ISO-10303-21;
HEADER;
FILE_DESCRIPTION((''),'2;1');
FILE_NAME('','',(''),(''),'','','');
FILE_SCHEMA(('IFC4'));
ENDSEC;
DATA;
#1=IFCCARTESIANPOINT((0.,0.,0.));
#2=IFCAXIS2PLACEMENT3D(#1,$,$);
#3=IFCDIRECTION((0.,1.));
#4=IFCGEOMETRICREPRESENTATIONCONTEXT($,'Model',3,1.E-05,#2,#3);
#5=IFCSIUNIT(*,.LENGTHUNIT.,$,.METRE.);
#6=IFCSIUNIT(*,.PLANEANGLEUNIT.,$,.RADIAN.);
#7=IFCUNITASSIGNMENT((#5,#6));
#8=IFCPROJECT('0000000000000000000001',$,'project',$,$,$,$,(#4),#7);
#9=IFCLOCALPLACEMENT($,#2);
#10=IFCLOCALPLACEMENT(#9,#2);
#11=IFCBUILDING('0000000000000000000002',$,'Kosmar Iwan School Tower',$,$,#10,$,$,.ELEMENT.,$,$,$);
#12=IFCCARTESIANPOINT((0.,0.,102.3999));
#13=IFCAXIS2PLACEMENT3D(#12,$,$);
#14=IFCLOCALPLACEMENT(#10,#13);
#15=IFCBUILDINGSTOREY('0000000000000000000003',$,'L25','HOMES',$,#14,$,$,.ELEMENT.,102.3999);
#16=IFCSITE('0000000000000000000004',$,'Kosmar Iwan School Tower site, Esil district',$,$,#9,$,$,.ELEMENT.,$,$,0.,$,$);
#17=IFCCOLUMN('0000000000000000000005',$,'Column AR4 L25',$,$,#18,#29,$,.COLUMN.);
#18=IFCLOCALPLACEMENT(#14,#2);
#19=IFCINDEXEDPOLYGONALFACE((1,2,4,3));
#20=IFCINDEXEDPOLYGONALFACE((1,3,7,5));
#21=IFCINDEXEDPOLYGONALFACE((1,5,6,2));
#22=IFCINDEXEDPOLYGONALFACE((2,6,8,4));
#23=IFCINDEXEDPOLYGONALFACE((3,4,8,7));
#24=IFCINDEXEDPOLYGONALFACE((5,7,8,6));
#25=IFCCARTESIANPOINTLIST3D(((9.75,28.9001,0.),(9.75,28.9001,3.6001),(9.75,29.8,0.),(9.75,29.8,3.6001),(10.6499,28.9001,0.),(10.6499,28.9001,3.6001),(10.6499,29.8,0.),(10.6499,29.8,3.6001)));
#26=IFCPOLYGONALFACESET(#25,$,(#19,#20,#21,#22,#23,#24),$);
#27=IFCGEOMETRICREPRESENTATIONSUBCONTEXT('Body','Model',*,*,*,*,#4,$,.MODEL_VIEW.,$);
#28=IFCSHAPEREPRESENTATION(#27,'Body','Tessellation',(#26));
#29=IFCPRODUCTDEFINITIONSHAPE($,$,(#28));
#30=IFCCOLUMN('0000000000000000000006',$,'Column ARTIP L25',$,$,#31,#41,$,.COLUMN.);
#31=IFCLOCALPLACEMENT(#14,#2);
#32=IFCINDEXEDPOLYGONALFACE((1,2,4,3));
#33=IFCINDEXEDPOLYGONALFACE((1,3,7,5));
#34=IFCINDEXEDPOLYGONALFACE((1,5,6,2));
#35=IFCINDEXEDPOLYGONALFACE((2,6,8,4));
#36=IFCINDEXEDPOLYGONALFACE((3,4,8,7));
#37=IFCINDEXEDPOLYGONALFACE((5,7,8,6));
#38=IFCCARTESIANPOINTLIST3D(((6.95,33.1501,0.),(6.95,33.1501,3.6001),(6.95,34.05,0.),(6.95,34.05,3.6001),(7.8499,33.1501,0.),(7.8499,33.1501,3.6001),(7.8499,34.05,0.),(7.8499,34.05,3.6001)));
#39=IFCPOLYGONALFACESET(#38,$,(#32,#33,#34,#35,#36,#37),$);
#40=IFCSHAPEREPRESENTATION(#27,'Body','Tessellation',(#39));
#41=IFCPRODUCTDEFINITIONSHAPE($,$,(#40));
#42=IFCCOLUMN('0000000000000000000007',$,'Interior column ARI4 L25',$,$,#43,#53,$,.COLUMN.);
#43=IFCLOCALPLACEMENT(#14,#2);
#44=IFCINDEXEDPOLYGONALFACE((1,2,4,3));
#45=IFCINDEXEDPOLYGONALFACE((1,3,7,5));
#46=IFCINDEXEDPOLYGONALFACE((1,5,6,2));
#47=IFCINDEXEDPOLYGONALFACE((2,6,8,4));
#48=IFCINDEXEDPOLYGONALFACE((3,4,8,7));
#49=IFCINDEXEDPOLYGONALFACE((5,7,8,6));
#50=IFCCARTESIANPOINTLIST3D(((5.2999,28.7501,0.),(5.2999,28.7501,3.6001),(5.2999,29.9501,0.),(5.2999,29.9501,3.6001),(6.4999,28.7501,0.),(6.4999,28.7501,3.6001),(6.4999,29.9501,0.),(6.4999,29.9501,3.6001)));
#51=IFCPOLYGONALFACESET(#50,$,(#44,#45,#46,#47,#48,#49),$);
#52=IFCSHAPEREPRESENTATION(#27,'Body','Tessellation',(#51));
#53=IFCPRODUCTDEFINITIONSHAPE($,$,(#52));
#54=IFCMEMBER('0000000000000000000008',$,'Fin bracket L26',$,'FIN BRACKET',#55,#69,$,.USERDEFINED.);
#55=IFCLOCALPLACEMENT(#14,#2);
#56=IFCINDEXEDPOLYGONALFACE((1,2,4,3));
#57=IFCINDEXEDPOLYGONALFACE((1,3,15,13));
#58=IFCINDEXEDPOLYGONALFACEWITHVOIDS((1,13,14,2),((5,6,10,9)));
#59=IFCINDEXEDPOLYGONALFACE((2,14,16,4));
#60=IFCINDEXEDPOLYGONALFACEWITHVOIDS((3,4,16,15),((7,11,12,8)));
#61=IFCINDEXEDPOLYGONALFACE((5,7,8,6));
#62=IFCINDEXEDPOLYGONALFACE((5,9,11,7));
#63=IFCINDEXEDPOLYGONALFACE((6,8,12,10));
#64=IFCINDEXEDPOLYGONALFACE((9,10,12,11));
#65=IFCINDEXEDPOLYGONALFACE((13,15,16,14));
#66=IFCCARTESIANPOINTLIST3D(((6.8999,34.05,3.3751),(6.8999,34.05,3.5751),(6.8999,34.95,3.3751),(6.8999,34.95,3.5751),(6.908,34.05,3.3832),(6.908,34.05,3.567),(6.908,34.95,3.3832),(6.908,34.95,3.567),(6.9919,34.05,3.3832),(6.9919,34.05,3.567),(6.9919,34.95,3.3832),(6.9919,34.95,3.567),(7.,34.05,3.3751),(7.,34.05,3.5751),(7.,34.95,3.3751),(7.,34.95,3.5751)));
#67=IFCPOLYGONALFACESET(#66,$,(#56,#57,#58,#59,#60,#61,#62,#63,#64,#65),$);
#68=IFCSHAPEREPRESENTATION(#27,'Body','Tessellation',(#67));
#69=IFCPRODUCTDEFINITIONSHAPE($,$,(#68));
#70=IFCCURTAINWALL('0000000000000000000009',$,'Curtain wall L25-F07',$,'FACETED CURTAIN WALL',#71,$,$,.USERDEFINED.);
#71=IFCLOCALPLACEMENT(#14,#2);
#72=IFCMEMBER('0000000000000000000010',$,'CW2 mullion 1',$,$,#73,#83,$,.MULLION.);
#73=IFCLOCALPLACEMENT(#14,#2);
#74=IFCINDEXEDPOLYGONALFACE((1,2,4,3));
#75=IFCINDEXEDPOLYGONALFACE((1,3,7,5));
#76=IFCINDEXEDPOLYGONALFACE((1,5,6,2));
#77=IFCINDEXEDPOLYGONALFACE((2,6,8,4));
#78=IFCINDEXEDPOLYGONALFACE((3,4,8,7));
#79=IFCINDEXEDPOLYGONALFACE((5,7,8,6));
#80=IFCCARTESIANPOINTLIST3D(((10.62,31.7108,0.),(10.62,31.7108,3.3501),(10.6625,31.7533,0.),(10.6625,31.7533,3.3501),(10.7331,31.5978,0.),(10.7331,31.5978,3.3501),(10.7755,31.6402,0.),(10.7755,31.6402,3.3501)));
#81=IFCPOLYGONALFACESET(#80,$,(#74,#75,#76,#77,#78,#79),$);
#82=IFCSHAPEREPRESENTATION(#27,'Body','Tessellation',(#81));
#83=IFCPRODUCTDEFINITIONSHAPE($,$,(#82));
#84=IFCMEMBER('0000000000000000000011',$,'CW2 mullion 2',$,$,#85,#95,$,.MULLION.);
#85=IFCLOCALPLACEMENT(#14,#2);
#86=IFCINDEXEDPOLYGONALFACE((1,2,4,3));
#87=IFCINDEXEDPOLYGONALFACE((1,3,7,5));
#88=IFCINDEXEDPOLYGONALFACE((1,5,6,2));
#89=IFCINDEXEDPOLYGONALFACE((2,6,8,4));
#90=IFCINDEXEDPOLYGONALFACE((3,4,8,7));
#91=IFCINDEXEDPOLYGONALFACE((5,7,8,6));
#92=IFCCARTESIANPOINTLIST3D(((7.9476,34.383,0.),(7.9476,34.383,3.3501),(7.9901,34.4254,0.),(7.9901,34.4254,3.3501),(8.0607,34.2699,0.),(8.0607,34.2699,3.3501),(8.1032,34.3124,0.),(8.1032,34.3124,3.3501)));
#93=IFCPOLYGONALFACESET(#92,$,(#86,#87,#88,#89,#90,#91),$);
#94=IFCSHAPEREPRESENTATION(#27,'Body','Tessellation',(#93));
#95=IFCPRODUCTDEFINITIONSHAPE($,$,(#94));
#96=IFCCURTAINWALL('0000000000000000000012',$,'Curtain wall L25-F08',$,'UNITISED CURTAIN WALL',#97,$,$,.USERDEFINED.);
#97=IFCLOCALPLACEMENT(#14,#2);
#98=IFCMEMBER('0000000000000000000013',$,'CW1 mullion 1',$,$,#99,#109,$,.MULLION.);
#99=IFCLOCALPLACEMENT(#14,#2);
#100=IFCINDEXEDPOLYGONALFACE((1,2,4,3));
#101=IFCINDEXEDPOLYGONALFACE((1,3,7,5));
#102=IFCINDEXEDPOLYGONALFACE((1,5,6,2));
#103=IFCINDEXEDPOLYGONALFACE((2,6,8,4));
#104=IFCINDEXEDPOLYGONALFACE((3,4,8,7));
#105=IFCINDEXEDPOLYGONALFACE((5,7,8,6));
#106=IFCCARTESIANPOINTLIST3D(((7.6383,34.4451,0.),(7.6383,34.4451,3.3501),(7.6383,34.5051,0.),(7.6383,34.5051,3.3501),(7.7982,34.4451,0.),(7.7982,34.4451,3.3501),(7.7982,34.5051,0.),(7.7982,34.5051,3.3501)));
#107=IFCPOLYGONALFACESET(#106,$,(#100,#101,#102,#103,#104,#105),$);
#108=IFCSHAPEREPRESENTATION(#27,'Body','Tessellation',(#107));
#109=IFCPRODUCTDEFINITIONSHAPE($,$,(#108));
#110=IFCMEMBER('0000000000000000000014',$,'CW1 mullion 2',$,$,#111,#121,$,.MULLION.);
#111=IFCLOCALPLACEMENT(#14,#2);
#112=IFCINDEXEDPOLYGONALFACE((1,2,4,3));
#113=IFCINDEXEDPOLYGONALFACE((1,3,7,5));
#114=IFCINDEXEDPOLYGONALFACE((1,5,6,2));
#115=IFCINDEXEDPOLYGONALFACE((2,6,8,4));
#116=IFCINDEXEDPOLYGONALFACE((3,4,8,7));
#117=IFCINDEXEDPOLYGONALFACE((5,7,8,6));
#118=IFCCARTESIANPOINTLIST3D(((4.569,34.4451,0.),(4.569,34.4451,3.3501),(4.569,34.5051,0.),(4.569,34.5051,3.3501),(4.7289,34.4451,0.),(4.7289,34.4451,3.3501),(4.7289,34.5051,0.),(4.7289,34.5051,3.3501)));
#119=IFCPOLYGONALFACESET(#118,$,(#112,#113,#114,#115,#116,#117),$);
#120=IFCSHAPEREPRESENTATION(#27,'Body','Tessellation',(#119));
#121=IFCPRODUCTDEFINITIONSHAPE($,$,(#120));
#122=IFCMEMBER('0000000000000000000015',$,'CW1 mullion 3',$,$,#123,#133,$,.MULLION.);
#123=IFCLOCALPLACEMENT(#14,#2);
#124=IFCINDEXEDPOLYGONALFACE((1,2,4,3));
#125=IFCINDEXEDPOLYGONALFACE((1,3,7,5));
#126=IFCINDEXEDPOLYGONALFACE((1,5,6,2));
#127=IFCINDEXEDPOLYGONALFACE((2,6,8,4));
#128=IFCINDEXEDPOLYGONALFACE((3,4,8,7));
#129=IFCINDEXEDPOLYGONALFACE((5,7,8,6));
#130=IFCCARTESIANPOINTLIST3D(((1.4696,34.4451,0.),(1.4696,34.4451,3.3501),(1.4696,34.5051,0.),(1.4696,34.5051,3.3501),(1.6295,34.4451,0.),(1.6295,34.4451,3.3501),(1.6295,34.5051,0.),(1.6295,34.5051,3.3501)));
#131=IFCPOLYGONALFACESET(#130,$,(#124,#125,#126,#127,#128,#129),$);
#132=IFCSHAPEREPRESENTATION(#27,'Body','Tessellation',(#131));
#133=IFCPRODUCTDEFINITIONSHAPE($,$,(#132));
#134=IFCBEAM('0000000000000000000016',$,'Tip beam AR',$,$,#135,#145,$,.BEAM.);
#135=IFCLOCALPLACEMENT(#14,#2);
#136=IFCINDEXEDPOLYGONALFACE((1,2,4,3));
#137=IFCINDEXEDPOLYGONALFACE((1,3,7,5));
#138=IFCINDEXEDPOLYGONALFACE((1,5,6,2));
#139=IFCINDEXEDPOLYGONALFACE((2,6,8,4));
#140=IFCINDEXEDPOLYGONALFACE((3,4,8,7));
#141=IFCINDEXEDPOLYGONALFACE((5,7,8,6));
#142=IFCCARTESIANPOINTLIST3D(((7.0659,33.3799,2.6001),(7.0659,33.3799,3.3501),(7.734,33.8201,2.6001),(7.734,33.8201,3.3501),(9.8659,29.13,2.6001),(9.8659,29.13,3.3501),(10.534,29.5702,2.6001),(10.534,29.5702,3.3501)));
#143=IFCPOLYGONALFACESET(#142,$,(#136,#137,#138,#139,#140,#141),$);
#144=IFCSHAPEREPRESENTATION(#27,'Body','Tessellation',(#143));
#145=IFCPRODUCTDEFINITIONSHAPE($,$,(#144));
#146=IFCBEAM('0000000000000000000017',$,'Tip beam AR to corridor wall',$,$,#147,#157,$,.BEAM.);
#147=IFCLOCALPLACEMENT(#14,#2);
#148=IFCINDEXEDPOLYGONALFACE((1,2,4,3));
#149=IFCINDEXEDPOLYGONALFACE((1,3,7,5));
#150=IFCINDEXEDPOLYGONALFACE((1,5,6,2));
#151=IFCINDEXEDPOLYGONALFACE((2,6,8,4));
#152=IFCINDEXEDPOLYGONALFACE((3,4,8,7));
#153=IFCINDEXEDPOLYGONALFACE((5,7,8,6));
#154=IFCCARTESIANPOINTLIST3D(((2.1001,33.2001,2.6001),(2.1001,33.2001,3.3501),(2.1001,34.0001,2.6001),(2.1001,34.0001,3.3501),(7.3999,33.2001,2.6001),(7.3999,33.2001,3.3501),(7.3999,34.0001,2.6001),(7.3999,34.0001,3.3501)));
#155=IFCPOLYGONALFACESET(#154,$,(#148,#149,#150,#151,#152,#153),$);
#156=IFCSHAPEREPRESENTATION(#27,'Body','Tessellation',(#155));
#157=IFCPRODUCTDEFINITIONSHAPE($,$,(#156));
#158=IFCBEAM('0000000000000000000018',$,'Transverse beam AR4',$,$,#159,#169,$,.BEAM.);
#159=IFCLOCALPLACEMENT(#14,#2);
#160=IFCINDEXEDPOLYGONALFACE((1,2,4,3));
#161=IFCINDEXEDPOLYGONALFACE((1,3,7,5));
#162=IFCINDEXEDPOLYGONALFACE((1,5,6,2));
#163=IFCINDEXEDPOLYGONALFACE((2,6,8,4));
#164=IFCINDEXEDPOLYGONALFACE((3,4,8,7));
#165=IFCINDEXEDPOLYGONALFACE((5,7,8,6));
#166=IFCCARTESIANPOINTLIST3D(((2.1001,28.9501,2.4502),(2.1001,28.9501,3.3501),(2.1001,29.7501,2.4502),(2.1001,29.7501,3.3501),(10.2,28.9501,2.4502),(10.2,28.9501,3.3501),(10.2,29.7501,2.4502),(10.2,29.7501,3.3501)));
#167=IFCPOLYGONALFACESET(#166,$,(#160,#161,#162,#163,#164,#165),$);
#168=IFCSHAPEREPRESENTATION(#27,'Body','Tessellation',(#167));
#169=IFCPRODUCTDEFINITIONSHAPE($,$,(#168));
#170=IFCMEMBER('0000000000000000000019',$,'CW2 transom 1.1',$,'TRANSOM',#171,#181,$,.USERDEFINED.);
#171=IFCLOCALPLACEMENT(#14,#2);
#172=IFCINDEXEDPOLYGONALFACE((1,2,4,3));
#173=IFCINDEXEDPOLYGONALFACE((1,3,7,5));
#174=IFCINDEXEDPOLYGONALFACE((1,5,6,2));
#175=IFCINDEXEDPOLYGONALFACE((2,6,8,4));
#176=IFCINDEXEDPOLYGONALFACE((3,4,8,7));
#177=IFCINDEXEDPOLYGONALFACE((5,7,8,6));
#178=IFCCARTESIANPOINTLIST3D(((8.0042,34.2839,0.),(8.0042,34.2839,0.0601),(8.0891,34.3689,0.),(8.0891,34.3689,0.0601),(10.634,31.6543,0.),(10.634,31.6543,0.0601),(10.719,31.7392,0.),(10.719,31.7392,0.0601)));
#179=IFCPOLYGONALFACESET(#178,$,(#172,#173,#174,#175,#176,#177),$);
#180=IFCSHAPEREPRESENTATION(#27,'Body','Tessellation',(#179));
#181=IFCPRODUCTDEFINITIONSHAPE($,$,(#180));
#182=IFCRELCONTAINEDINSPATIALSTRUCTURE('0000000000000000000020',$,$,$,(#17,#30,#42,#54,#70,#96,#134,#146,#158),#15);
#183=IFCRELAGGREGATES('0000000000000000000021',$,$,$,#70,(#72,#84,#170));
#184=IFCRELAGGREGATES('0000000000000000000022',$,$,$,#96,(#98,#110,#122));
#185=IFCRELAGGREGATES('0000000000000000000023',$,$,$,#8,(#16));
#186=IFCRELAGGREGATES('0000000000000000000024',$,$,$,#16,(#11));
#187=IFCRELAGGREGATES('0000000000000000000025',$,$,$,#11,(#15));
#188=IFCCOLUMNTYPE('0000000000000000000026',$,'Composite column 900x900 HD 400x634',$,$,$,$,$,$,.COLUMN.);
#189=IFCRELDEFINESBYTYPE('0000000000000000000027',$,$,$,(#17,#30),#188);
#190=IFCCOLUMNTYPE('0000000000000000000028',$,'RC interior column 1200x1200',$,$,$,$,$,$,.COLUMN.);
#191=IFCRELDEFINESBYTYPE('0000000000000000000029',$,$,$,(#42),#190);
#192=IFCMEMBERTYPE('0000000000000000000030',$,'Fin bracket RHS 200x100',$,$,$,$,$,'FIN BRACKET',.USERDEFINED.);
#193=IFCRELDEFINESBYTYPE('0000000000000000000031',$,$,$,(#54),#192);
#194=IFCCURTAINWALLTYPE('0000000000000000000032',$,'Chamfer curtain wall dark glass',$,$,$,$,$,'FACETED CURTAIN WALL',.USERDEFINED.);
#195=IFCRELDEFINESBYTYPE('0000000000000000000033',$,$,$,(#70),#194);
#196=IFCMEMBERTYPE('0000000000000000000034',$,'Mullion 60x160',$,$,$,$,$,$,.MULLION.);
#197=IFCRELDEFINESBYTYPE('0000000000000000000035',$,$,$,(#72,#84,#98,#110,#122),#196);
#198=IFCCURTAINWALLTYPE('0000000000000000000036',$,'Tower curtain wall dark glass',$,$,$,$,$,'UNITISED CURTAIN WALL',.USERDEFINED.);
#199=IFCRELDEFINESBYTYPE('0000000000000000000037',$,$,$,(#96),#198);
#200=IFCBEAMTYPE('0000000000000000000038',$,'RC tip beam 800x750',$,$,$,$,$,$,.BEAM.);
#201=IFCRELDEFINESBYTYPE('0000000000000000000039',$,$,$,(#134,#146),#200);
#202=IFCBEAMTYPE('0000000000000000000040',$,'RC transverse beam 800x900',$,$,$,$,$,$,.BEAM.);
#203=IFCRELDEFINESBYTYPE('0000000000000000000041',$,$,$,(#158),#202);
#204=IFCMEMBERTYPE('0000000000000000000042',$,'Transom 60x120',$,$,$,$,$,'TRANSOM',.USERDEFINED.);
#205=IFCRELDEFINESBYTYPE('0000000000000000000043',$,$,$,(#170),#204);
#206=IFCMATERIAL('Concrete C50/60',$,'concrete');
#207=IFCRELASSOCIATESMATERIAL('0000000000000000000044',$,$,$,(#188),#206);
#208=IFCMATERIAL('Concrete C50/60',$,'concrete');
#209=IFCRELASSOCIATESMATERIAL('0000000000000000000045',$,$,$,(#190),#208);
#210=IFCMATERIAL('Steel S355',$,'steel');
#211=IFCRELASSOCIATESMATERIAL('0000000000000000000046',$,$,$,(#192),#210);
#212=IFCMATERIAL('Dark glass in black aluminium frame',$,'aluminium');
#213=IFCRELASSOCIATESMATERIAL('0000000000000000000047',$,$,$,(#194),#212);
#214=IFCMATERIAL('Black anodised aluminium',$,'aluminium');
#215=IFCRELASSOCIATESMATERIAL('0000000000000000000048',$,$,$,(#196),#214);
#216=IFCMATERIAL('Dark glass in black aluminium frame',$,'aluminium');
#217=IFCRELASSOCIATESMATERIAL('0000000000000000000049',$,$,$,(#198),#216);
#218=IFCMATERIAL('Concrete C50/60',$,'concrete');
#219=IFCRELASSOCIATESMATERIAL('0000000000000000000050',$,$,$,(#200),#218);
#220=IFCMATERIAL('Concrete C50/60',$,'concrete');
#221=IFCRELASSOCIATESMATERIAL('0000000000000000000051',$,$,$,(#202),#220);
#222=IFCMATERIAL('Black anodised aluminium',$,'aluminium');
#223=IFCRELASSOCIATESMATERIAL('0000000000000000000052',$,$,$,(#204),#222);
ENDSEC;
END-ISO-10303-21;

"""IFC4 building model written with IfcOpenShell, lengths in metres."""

from ifc_helpers import new_model, si_unit, direction, frame, origin, origin_2d, place, context, subcontext, project, spatial, rectangle, hollow_rectangle, extrude, material, material_profile, profile_set, type_object, element, aggregate, save


model = new_model("IFC4")

# Units and contexts
model_context = context("Model", 3, precision=1e-05, world=origin(), true_north=direction((0.0, 1.0)))
body_context = subcontext(model_context, "Body", "Model", "MODEL_VIEW")
ifc_project = project(units=[si_unit("LENGTHUNIT", "METRE"), si_unit("PLANEANGLEUNIT", "RADIAN")], contexts=[model_context])

# Site, building, storey
site_placement = place(None, origin())
site = spatial("IfcSite", under=ifc_project, at=site_placement, Name="Kosmar Iwan School Tower site, Esil district", CompositionType="ELEMENT", RefElevation=0.0)
building_placement = place(site_placement, origin())
building = spatial("IfcBuilding", under=site, at=building_placement, Name="Kosmar Iwan School Tower", CompositionType="ELEMENT")
storey_placement = place(building_placement, frame((0.0, 0.0, 102.3999)))
storey = spatial("IfcBuildingStorey", under=building, at=storey_placement, Name="L25", Description="HOMES", CompositionType="ELEMENT", Elevation=102.3999)

# Columns
ifc_material_1 = material(Name="Concrete C50/60", Category="concrete")
ifc_material_profile_1 = material_profile(ifc_material_1, rectangle(XDim=0.8999, YDim=0.8999, at=origin_2d()), Name="RC 900x900 + HD 400x634")
ifc_profile_set_1 = profile_set([ifc_material_profile_1], Name="Concrete C50/60")
column_type_1 = type_object("IfcColumnType", Name="Composite column 900x900 HD 400x634", PredefinedType="COLUMN", material=ifc_profile_set_1)
for number, where, z_axis, x_axis, name in (
    (1, (10.2, 29.3501, 0.0), (0.0, 0.0, 1.0), (0.0, 1.0, 0.0), "Column AR4 L25"),
    (2, (7.3999, 33.6001, 0.0), (0.0, 0.0, 1.0), (0.0, 1.0, 0.0), "Column ARTIP L25"),
):
    element("IfcColumn", number, at=place(storey_placement, frame(where, z_axis=z_axis, x_axis=x_axis)), inside=storey, type_object=column_type_1, Name=name, PredefinedType="COLUMN", context=body_context, shape_type="SweptSolid", body=[
        extrude(rectangle(XDim=0.8999, YDim=0.8999, at=origin_2d()), origin(), (0.0, 0.0, 1.0), 3.6001),
    ])
ifc_material_2 = material(Name="Concrete C50/60", Category="concrete")
ifc_material_profile_2 = material_profile(ifc_material_2, rectangle(XDim=1.2, YDim=1.2, at=origin_2d()), Name="RC 1200x1200")
ifc_profile_set_2 = profile_set([ifc_material_profile_2], Name="Concrete C50/60")
column_type_2 = type_object("IfcColumnType", Name="RC interior column 1200x1200", PredefinedType="COLUMN", material=ifc_profile_set_2)
column_placement = place(storey_placement, frame((5.8999, 29.3501, 0.0), z_axis=(0.0, 0.0, 1.0), x_axis=(0.0, 1.0, 0.0)))
element("IfcColumn", 3, at=column_placement, inside=storey, type_object=column_type_2, Name="Interior column ARI4 L25", PredefinedType="COLUMN", context=body_context, shape_type="SweptSolid", body=[
    extrude(rectangle(XDim=1.2, YDim=1.2, at=origin_2d()), origin(), (0.0, 0.0, 1.0), 3.6001),
])

# Member
ifc_material_3 = material(Name="Steel S355", Category="steel")
ifc_material_profile_3 = material_profile(ifc_material_3, hollow_rectangle(XDim=0.1001, YDim=0.2, WallThickness=0.0081, at=origin_2d()), Name="RHS 200x100x8")
ifc_profile_set_3 = profile_set([ifc_material_profile_3], Name="Steel S355")
member_type_1 = type_object("IfcMemberType", Name="Fin bracket RHS 200x100", ElementType="FIN BRACKET", PredefinedType="USERDEFINED", material=ifc_profile_set_3)
member_1_placement = place(storey_placement, frame((6.95, 34.05, 3.4751), z_axis=(0.0, 1.0, 0.0), x_axis=(-1.0, 0.0, 0.0)))
element("IfcMember", 4, at=member_1_placement, inside=storey, type_object=member_type_1, Name="Fin bracket L26", ObjectType="FIN BRACKET", PredefinedType="USERDEFINED", context=body_context, shape_type="SweptSolid", body=[
    extrude(hollow_rectangle(XDim=0.1001, YDim=0.2, WallThickness=0.0081, at=origin_2d()), origin(), (0.0, 0.0, 1.0), 0.8999),
])

# Curtain walls, members
ifc_material_4 = material(Name="Dark glass in black aluminium frame", Category="aluminium")
curtain_wall_type_1 = type_object("IfcCurtainWallType", Name="Chamfer curtain wall dark glass", ElementType="FACETED CURTAIN WALL", PredefinedType="USERDEFINED", material=ifc_material_4)
curtain_wall_1_placement = place(storey_placement, origin())
curtain_wall_1 = element("IfcCurtainWall", 5, at=curtain_wall_1_placement, inside=storey, type_object=curtain_wall_type_1, Name="Curtain wall L25-F07", ObjectType="FACETED CURTAIN WALL", PredefinedType="USERDEFINED")
ifc_material_5 = material(Name="Black anodised aluminium", Category="aluminium")
ifc_material_profile_4 = material_profile(ifc_material_5, rectangle(XDim=0.0601, YDim=0.1599, at=origin_2d()), Name="MULLION 60x160")
ifc_profile_set_4 = profile_set([ifc_material_profile_4], Name="Black anodised aluminium")
member_type_2 = type_object("IfcMemberType", Name="Mullion 60x160", PredefinedType="MULLION", material=ifc_profile_set_4)
member_2_placement = place(storey_placement, frame((10.6978, 31.6755, 0.0), z_axis=(0.0, 0.0, 1.0), x_axis=(-0.707107, -0.707107, 0.0)))
member_2 = element("IfcMember", 6, at=member_2_placement, type_object=member_type_2, Name="CW2 mullion 1", PredefinedType="MULLION", context=body_context, shape_type="SweptSolid", body=[
    extrude(rectangle(XDim=0.0601, YDim=0.1599, at=origin_2d()), origin(), (0.0, 0.0, 1.0), 3.3501),
])
member_3_placement = place(storey_placement, frame((8.0254, 34.3477, 0.0), z_axis=(0.0, 0.0, 1.0), x_axis=(-0.707107, -0.707107, 0.0)))
member_3 = element("IfcMember", 7, at=member_3_placement, type_object=member_type_2, Name="CW2 mullion 2", PredefinedType="MULLION", context=body_context, shape_type="SweptSolid", body=[
    extrude(rectangle(XDim=0.0601, YDim=0.1599, at=origin_2d()), origin(), (0.0, 0.0, 1.0), 3.3501),
])
ifc_material_6 = material(Name="Dark glass in black aluminium frame", Category="aluminium")
curtain_wall_type_2 = type_object("IfcCurtainWallType", Name="Tower curtain wall dark glass", ElementType="UNITISED CURTAIN WALL", PredefinedType="USERDEFINED", material=ifc_material_6)
curtain_wall_2_placement = place(storey_placement, origin())
curtain_wall_2 = element("IfcCurtainWall", 8, at=curtain_wall_2_placement, inside=storey, type_object=curtain_wall_type_2, Name="Curtain wall L25-F08", ObjectType="UNITISED CURTAIN WALL", PredefinedType="USERDEFINED")
member_4_placement = place(storey_placement, frame((7.7183, 34.4751, 0.0), z_axis=(0.0, 0.0, 1.0), x_axis=(0.0, -1.0, 0.0)))
member_4 = element("IfcMember", 9, at=member_4_placement, type_object=member_type_2, Name="CW1 mullion 1", PredefinedType="MULLION", context=body_context, shape_type="SweptSolid", body=[
    extrude(rectangle(XDim=0.0601, YDim=0.1599, at=origin_2d()), origin(), (0.0, 0.0, 1.0), 3.3501),
])
member_5_placement = place(storey_placement, frame((4.6489, 34.4751, 0.0), z_axis=(0.0, 0.0, 1.0), x_axis=(0.0, -1.0, 0.0)))
member_5 = element("IfcMember", 10, at=member_5_placement, type_object=member_type_2, Name="CW1 mullion 2", PredefinedType="MULLION", context=body_context, shape_type="SweptSolid", body=[
    extrude(rectangle(XDim=0.0601, YDim=0.1599, at=origin_2d()), origin(), (0.0, 0.0, 1.0), 3.3501),
])
member_6_placement = place(storey_placement, frame((1.5496, 34.4751, 0.0), z_axis=(0.0, 0.0, 1.0), x_axis=(0.0, -1.0, 0.0)))
member_6 = element("IfcMember", 11, at=member_6_placement, type_object=member_type_2, Name="CW1 mullion 3", PredefinedType="MULLION", context=body_context, shape_type="SweptSolid", body=[
    extrude(rectangle(XDim=0.0601, YDim=0.1599, at=origin_2d()), origin(), (0.0, 0.0, 1.0), 3.3501),
])

# Beams
ifc_material_7 = material(Name="Concrete C50/60", Category="concrete")
ifc_material_profile_5 = material_profile(ifc_material_7, rectangle(XDim=0.8, YDim=0.75, at=origin_2d()), Name="RC 800x750")
ifc_profile_set_5 = profile_set([ifc_material_profile_5], Name="Concrete C50/60")
beam_type_1 = type_object("IfcBeamType", Name="RC tip beam 800x750", PredefinedType="BEAM", material=ifc_profile_set_5)
beam_1_placement = place(storey_placement, frame((10.2, 29.3501, 2.9751), z_axis=(-0.550164, 0.835056, 0.0), x_axis=(-0.835056, -0.550164, 0.0)))
element("IfcBeam", 12, at=beam_1_placement, inside=storey, type_object=beam_type_1, Name="Tip beam AR", PredefinedType="BEAM", context=body_context, shape_type="SweptSolid", body=[
    extrude(rectangle(XDim=0.8, YDim=0.75, at=origin_2d()), origin(), (0.0, 0.0, 1.0), 5.0894),
])
beam_2_placement = place(storey_placement, frame((7.3999, 33.6001, 2.9751), z_axis=(-1.0, 0.0, 0.0), x_axis=(0.0, -1.0, 0.0)))
element("IfcBeam", 13, at=beam_2_placement, inside=storey, type_object=beam_type_1, Name="Tip beam AR to corridor wall", PredefinedType="BEAM", context=body_context, shape_type="SweptSolid", body=[
    extrude(rectangle(XDim=0.8, YDim=0.75, at=origin_2d()), origin(), (0.0, 0.0, 1.0), 5.2998),
])
ifc_material_8 = material(Name="Concrete C50/60", Category="concrete")
ifc_material_profile_6 = material_profile(ifc_material_8, rectangle(XDim=0.8, YDim=0.8999, at=origin_2d()), Name="RC 800x900")
ifc_profile_set_6 = profile_set([ifc_material_profile_6], Name="Concrete C50/60")
beam_type_2 = type_object("IfcBeamType", Name="RC transverse beam 800x900", PredefinedType="BEAM", material=ifc_profile_set_6)
beam_3_placement = place(storey_placement, frame((10.2, 29.3501, 2.9001), z_axis=(-1.0, 0.0, 0.0), x_axis=(0.0, -1.0, 0.0)))
element("IfcBeam", 14, at=beam_3_placement, inside=storey, type_object=beam_type_2, Name="Transverse beam AR4", PredefinedType="BEAM", context=body_context, shape_type="SweptSolid", body=[
    extrude(rectangle(XDim=0.8, YDim=0.8999, at=origin_2d()), origin(), (0.0, 0.0, 1.0), 8.0999),
])

# Member
ifc_material_9 = material(Name="Black anodised aluminium", Category="aluminium")
ifc_material_profile_7 = material_profile(ifc_material_9, rectangle(XDim=0.1201, YDim=0.0601, at=origin_2d()), Name="TRANSOM 60x120")
ifc_profile_set_7 = profile_set([ifc_material_profile_7], Name="Black anodised aluminium")
member_type_3 = type_object("IfcMemberType", Name="Transom 60x120", ElementType="TRANSOM", PredefinedType="USERDEFINED", material=ifc_profile_set_7)
member_7_placement = place(storey_placement, frame((10.6765, 31.6968, 0.03), z_axis=(-0.70714, 0.707074, 0.0), x_axis=(-0.707074, -0.70714, 0.0)))
member_7 = element("IfcMember", 15, at=member_7_placement, type_object=member_type_3, Name="CW2 transom 1.1", ObjectType="TRANSOM", PredefinedType="USERDEFINED", context=body_context, shape_type="SweptSolid", body=[
    extrude(rectangle(XDim=0.1201, YDim=0.0601, at=origin_2d()), origin(), (0.0, 0.0, 1.0), 3.719),
])

aggregate(curtain_wall_1, [member_2, member_3, member_7])
aggregate(curtain_wall_2, [member_4, member_5, member_6])

save(model, "model.ifc")
